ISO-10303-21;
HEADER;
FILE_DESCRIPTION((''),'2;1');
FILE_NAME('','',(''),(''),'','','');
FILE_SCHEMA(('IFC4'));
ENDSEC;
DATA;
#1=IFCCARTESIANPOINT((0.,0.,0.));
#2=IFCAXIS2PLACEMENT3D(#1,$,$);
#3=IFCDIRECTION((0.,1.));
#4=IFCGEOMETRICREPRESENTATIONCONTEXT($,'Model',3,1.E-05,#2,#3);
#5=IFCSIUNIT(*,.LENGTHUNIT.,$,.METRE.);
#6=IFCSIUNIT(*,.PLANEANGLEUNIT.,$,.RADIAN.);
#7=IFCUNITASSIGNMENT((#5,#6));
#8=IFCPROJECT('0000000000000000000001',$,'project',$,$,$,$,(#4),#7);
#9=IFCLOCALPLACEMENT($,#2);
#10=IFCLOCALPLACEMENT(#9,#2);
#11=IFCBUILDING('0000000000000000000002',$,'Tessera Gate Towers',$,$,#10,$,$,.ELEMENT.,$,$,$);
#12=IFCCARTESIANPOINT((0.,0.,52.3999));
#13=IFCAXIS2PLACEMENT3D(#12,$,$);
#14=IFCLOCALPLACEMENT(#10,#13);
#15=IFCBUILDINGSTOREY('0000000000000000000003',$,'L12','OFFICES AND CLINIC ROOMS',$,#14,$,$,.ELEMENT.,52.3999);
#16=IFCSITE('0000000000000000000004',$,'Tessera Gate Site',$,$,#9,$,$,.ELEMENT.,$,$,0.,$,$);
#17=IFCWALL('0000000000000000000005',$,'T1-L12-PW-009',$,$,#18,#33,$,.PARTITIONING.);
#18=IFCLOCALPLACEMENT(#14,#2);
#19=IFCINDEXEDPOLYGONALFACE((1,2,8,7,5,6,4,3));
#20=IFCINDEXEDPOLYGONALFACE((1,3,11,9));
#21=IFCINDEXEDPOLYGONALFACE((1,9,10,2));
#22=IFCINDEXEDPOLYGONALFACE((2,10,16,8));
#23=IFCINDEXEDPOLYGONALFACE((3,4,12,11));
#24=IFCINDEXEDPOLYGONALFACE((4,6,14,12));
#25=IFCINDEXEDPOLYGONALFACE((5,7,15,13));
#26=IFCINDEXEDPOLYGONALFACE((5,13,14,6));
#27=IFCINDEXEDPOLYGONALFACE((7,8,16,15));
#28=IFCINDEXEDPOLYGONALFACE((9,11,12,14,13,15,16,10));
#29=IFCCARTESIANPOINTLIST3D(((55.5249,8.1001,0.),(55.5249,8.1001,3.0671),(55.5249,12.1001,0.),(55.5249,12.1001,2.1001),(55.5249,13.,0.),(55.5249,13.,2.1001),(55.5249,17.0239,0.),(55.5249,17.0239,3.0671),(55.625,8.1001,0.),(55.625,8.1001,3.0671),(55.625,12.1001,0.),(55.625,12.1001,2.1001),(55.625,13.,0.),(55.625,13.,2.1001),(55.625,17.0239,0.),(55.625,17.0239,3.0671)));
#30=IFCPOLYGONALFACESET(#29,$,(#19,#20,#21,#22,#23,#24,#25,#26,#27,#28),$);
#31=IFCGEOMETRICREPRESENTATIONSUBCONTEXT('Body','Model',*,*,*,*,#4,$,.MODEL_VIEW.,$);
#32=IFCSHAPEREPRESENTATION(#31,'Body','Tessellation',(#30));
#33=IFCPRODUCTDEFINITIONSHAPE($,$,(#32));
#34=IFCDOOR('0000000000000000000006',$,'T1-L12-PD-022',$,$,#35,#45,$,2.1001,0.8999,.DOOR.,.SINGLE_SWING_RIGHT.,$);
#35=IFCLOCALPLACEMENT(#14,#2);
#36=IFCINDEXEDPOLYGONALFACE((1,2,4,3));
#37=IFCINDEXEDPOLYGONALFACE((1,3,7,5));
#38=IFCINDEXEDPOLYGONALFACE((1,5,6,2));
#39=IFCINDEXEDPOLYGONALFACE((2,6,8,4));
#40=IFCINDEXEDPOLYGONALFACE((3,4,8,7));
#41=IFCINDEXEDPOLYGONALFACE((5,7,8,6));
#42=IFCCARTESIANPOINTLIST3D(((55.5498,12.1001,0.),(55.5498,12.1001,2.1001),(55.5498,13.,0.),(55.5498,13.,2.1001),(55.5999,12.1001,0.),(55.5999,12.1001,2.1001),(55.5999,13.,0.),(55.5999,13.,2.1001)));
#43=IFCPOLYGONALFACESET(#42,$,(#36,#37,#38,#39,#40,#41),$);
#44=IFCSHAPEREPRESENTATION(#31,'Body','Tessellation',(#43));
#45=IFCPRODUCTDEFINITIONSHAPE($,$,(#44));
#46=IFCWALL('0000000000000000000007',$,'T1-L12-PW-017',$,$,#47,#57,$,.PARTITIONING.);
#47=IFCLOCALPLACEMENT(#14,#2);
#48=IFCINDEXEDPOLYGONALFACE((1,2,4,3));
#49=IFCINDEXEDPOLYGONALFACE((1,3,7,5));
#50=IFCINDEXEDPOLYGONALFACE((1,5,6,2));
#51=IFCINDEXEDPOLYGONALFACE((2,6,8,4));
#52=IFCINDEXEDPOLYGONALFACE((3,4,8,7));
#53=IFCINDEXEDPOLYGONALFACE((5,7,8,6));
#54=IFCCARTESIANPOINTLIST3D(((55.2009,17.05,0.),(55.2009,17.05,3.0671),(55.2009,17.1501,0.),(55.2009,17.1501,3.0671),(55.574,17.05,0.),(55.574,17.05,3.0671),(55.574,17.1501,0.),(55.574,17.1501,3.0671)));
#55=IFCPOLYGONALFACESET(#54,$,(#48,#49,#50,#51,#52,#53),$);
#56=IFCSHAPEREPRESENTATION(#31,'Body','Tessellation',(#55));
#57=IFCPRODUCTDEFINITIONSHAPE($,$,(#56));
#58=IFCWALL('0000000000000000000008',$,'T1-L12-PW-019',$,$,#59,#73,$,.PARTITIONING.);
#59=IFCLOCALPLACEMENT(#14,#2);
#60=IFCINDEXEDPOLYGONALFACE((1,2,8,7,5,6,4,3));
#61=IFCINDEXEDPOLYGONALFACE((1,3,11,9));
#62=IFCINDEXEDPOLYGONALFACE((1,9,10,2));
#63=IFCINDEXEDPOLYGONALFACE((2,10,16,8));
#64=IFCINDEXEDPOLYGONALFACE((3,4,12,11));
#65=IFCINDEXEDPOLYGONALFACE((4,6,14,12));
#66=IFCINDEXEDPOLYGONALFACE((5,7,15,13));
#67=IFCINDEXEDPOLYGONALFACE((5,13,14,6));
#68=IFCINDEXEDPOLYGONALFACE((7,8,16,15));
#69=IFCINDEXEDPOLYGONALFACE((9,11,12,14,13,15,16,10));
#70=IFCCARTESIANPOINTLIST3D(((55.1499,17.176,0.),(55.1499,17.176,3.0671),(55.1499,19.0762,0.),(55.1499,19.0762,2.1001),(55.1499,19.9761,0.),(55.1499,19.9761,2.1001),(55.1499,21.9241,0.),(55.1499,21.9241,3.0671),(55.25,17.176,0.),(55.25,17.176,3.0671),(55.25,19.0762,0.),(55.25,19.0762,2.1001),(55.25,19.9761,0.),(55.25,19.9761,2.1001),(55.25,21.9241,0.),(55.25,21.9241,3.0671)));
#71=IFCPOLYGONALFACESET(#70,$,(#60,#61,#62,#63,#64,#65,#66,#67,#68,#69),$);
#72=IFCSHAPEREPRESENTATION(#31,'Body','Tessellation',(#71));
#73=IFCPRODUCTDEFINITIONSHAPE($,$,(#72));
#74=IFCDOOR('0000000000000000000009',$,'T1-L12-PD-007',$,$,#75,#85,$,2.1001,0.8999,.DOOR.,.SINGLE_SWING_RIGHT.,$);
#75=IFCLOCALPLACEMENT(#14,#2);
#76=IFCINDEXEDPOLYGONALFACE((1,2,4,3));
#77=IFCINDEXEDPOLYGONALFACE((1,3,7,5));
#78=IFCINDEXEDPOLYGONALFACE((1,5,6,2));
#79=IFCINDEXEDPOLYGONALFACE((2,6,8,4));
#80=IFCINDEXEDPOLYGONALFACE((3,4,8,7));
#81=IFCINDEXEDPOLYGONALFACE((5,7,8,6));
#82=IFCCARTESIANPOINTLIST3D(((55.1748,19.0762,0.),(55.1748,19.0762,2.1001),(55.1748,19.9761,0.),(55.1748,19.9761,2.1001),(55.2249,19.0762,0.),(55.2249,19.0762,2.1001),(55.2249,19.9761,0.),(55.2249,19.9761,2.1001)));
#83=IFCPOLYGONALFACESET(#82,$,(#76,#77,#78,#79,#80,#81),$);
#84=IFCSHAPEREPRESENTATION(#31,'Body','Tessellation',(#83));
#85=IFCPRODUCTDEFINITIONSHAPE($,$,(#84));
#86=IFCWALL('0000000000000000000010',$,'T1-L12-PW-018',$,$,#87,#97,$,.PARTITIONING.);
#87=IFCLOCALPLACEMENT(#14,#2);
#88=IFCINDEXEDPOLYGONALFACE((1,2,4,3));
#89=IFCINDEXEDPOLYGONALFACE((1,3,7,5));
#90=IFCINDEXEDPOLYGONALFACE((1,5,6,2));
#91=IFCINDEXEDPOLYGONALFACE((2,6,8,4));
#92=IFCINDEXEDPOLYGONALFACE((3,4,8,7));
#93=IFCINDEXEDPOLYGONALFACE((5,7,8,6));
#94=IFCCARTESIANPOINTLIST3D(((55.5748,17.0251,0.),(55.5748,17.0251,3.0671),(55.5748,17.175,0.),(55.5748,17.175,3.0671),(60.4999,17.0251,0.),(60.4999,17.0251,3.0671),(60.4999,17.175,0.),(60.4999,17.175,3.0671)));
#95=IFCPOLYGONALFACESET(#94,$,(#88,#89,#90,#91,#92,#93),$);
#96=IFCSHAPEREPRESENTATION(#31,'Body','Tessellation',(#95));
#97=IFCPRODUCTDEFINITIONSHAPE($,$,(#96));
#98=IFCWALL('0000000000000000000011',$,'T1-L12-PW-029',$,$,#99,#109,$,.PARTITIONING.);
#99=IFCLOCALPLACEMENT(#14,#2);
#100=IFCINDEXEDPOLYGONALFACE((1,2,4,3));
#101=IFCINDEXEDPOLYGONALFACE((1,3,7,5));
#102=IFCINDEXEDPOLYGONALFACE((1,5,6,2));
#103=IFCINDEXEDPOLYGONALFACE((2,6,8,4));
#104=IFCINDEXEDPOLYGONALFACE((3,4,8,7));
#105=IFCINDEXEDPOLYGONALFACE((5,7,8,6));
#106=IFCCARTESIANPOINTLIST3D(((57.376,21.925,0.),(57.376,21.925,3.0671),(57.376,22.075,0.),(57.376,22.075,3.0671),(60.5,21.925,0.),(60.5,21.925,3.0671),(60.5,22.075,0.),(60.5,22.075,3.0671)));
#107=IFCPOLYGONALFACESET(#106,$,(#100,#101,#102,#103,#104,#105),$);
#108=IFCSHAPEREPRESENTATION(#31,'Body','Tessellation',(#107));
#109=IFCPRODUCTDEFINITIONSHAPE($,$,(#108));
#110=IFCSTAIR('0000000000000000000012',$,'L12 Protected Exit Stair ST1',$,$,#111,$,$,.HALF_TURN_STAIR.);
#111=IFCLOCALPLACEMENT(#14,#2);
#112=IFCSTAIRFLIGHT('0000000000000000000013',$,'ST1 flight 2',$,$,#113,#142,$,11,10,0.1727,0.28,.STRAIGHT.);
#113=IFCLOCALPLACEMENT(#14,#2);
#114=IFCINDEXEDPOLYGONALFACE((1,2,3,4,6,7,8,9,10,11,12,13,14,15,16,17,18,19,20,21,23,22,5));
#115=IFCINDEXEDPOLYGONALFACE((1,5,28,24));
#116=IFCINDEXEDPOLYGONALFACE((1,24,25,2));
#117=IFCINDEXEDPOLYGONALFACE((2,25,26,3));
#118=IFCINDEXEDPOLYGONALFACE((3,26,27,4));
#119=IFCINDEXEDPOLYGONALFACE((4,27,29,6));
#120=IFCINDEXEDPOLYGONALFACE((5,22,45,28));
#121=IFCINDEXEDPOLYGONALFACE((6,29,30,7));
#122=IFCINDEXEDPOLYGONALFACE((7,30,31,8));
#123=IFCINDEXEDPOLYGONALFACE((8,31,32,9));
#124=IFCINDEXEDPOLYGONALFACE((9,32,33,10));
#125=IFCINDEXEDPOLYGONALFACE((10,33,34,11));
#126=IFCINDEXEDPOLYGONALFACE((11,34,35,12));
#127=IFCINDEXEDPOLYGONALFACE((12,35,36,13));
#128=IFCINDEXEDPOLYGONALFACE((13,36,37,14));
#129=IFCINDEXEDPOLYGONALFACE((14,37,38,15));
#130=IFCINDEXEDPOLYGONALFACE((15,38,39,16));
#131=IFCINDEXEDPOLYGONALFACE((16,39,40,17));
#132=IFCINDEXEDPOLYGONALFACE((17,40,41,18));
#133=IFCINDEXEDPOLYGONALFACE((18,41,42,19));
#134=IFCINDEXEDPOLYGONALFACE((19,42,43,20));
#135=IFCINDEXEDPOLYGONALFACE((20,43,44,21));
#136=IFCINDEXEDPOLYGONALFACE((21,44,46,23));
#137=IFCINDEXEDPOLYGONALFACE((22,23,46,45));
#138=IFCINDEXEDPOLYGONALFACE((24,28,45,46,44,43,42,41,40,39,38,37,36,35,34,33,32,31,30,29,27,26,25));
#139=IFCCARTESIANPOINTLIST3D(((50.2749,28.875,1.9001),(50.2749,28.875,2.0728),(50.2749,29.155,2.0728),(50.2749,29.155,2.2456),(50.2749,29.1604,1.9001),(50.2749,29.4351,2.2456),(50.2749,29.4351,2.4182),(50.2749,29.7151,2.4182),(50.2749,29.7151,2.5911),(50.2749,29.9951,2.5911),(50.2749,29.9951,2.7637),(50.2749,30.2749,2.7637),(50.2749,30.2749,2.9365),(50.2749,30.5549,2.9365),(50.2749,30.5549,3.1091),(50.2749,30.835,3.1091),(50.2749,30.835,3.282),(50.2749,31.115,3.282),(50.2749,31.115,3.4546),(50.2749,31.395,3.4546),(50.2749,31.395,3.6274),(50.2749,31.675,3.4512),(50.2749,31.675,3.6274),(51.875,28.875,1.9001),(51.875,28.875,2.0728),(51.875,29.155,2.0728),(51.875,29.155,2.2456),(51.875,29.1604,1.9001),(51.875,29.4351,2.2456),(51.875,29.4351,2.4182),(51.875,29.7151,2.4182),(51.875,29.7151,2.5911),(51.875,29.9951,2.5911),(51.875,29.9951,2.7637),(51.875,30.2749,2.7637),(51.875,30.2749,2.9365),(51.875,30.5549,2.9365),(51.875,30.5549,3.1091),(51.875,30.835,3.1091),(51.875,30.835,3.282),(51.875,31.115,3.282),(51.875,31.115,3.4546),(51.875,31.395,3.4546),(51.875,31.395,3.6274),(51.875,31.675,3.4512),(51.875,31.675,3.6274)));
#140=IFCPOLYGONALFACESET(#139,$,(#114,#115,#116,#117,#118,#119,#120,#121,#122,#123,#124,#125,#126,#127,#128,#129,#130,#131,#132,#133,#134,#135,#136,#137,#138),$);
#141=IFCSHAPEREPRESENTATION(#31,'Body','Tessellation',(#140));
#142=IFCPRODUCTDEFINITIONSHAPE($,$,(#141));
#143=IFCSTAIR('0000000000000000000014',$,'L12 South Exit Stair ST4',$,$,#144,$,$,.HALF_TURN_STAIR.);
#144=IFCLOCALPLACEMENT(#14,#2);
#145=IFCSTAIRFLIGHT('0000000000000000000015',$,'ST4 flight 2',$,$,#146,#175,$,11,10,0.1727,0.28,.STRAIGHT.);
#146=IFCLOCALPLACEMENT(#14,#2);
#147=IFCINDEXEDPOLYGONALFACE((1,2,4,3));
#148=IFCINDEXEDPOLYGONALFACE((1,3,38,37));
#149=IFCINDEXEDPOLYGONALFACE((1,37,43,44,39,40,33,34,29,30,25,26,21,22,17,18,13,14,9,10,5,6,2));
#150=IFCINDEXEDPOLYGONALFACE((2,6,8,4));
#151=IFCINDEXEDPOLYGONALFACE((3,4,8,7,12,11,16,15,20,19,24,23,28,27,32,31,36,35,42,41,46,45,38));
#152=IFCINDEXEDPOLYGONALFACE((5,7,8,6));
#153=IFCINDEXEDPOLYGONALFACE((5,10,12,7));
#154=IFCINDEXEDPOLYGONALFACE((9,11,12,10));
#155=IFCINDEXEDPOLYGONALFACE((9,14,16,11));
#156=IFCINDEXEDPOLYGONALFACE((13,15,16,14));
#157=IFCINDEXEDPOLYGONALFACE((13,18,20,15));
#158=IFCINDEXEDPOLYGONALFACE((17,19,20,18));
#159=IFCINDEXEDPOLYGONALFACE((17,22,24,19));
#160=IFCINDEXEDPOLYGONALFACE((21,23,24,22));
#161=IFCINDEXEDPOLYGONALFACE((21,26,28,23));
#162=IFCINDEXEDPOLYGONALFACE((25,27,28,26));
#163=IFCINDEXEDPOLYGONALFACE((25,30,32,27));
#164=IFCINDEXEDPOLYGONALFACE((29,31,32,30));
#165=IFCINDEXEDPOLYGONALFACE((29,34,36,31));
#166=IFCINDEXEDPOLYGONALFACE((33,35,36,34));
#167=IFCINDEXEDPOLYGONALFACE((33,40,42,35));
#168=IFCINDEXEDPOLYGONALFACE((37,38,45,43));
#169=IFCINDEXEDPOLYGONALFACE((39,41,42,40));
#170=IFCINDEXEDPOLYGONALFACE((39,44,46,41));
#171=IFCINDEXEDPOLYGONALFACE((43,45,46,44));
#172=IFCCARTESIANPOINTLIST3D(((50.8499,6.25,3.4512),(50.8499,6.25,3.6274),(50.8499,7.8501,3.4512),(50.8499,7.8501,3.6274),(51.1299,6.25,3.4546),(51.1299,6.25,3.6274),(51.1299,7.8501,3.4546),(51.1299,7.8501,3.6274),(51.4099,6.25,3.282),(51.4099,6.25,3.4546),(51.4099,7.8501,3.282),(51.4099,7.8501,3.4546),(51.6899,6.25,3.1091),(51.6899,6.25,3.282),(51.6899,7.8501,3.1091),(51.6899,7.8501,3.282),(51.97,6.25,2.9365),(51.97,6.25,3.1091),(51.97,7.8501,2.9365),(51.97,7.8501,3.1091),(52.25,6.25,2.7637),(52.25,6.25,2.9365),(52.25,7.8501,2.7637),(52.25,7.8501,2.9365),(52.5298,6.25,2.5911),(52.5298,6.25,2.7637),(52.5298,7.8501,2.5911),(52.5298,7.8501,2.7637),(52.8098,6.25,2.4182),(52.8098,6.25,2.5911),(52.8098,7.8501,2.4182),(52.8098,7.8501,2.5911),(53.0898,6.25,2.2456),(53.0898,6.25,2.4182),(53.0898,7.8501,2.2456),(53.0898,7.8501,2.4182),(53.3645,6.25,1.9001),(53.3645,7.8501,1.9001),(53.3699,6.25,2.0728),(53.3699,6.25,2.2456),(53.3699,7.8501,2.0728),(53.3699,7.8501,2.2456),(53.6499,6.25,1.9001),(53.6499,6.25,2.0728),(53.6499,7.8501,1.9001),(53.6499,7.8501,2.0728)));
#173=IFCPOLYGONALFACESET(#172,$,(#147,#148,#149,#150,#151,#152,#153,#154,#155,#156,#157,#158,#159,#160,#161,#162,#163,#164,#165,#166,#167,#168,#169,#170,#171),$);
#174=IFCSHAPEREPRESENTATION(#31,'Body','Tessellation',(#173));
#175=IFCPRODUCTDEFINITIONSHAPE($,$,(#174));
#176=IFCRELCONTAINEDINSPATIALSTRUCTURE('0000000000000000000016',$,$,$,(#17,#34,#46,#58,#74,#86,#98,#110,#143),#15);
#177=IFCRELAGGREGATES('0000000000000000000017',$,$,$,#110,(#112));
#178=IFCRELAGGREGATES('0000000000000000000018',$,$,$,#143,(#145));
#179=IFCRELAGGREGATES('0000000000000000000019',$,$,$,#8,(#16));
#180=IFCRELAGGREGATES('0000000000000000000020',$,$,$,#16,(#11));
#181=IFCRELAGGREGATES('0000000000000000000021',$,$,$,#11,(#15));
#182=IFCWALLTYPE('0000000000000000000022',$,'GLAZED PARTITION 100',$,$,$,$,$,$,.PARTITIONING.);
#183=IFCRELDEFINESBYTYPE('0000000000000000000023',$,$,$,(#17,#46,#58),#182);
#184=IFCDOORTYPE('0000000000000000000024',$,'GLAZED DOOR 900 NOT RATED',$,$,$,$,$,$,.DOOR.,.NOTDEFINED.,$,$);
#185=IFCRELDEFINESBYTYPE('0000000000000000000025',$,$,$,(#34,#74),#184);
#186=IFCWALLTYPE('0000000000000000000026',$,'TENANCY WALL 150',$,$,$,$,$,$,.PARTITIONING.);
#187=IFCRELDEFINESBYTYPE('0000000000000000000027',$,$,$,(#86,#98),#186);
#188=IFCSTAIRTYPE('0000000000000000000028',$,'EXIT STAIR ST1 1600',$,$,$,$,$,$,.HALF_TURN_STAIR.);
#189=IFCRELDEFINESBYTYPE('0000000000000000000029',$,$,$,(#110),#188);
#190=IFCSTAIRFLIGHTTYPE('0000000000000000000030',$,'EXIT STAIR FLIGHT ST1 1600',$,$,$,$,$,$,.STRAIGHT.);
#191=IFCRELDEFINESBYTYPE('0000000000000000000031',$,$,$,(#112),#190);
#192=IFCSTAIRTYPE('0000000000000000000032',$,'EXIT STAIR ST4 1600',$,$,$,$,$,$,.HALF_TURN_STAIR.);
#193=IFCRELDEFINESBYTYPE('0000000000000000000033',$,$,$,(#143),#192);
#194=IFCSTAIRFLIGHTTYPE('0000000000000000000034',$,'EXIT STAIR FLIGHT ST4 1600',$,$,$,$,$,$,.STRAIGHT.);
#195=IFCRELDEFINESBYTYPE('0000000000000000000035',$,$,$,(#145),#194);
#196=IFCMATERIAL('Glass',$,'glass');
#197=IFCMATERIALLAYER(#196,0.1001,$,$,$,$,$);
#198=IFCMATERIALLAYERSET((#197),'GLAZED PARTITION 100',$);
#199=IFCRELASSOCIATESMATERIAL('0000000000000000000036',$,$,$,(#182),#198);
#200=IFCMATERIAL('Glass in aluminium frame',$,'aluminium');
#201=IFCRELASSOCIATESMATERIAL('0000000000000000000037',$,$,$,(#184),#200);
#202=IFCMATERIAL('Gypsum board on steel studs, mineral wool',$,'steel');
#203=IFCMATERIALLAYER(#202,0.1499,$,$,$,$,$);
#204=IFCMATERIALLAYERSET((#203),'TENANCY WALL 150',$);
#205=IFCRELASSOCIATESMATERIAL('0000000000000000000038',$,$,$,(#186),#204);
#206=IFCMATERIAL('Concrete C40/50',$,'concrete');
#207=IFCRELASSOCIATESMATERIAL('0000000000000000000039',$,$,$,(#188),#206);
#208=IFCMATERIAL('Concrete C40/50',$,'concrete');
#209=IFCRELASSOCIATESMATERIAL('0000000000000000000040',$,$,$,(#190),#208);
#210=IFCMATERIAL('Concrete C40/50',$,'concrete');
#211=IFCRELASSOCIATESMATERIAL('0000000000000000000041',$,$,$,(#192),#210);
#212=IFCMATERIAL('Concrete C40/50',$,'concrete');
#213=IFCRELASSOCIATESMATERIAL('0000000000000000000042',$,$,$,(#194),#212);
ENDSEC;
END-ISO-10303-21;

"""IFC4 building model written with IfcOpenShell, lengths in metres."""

from ifc_helpers import new_model, si_unit, direction, frame, frame_2d, origin, place, context, subcontext, project, spatial, polyline, rectangle, outline, extrude, source, transform, mapped, material, layer, layer_set, type_object, element, fill, aggregate, save


model = new_model("IFC4")

# Units and contexts
model_context = context("Model", 3, precision=1e-05, world=origin(), true_north=direction((0.0, 1.0)))
body_context = subcontext(model_context, "Body", "Model", "MODEL_VIEW")
ifc_project = project(units=[si_unit("LENGTHUNIT", "METRE"), si_unit("PLANEANGLEUNIT", "RADIAN")], contexts=[model_context])

# Site, building, storey
site_placement = place(None, origin())
site = spatial("IfcSite", under=ifc_project, at=site_placement, Name="Tessera Gate Site", CompositionType="ELEMENT", RefElevation=0.0)
building_placement = place(site_placement, origin())
building = spatial("IfcBuilding", under=site, at=building_placement, Name="Tessera Gate Towers", CompositionType="ELEMENT")
storey_placement = place(building_placement, frame((0.0, 0.0, 52.3999)))
storey = spatial("IfcBuildingStorey", under=building, at=storey_placement, Name="L12", Description="OFFICES AND CLINIC ROOMS", CompositionType="ELEMENT", Elevation=52.3999)

# Wall, opening, door
ifc_material_1 = material(Name="Glass", Category="glass")
ifc_layer_1 = layer(ifc_material_1, 0.1001)
ifc_layer_set_1 = layer_set([ifc_layer_1], Name="GLAZED PARTITION 100")
wall_type_1 = type_object("IfcWallType", Name="GLAZED PARTITION 100", PredefinedType="PARTITIONING", material=ifc_layer_set_1)
wall_1_placement = place(storey_placement, frame((55.575, 17.0239, 0.0), z_axis=(0.0, 0.0, 1.0), x_axis=(0.0, -1.0, 0.0)))
wall_1 = element("IfcWall", 1, at=wall_1_placement, inside=storey, type_object=wall_type_1, Name="T1-L12-PW-009", PredefinedType="PARTITIONING", context=body_context, shape_type="SweptSolid", body=[
    extrude(rectangle(XDim=8.9238, YDim=0.1001, at=frame_2d((4.4619, 0.0))), origin(), (0.0, 0.0, 1.0), 3.0671),
])
shared_shape_1 = source(origin(), body_context, "Body", "SweptSolid", [
    extrude(rectangle(XDim=0.8999, YDim=2.1001, at=frame_2d((0.45, 1.05))), frame((0.0, 0.0601, 0.0), z_axis=(0.0, -1.0, 0.0), x_axis=(1.0, 0.0, 0.0)), (0.0, 0.0, 1.0), 0.1201),
])
opening_1_placement = place(wall_1_placement, frame((4.0239, 0.0, 0.0)))
opening_1 = element("IfcOpeningElement", 2, at=opening_1_placement, cuts=wall_1, PredefinedType="OPENING", context=body_context, shape_type="MappedRepresentation", body=[
    mapped(shared_shape_1, transform((0.0, 0.0, 0.0), scale=1.0)),
])
ifc_material_2 = material(Name="Glass in aluminium frame", Category="aluminium")
door_type_1 = type_object("IfcDoorType", Name="GLAZED DOOR 900 NOT RATED", OperationType="NOTDEFINED", PredefinedType="DOOR", material=ifc_material_2)
shared_shape_2 = source(origin(), body_context, "Body", "SweptSolid", [
    extrude(rectangle(XDim=0.8999, YDim=2.1001, at=frame_2d((0.45, 1.05))), frame((0.0, 0.0249, 0.0), z_axis=(0.0, -1.0, 0.0), x_axis=(1.0, 0.0, 0.0)), (0.0, 0.0, 1.0), 0.05),
])
door_1_placement = place(opening_1_placement, origin())
door_1 = element("IfcDoor", 3, at=door_1_placement, inside=storey, type_object=door_type_1, Name="T1-L12-PD-022", OperationType="SINGLE_SWING_RIGHT", OverallHeight=2.1001, OverallWidth=0.8999, PredefinedType="DOOR", context=body_context, shape_type="MappedRepresentation", body=[
    mapped(shared_shape_2, transform((0.0, 0.0, 0.0), scale=1.0)),
])
fill(opening_1, door_1)

# Wall
wall_2_placement = place(storey_placement, frame((55.2009, 17.1001, 0.0), z_axis=(0.0, 0.0, 1.0), x_axis=(1.0, 0.0, 0.0)))
element("IfcWall", 4, at=wall_2_placement, inside=storey, type_object=wall_type_1, Name="T1-L12-PW-017", PredefinedType="PARTITIONING", context=body_context, shape_type="SweptSolid", body=[
    extrude(rectangle(XDim=0.373, YDim=0.1001, at=frame_2d((0.1865, 0.0))), origin(), (0.0, 0.0, 1.0), 3.0671),
])

# Wall, opening, door
wall_3_placement = place(storey_placement, frame((55.2, 21.9241, 0.0), z_axis=(0.0, 0.0, 1.0), x_axis=(0.0, -1.0, 0.0)))
wall_3 = element("IfcWall", 5, at=wall_3_placement, inside=storey, type_object=wall_type_1, Name="T1-L12-PW-019", PredefinedType="PARTITIONING", context=body_context, shape_type="SweptSolid", body=[
    extrude(rectangle(XDim=4.748, YDim=0.1001, at=frame_2d((2.374, 0.0))), origin(), (0.0, 0.0, 1.0), 3.0671),
])
opening_2_placement = place(wall_3_placement, frame((1.948, 0.0, 0.0)))
opening_2 = element("IfcOpeningElement", 6, at=opening_2_placement, cuts=wall_3, PredefinedType="OPENING", context=body_context, shape_type="MappedRepresentation", body=[
    mapped(shared_shape_1, transform((0.0, 0.0, 0.0), scale=1.0)),
])
door_2_placement = place(opening_2_placement, origin())
door_2 = element("IfcDoor", 7, at=door_2_placement, inside=storey, type_object=door_type_1, Name="T1-L12-PD-007", OperationType="SINGLE_SWING_RIGHT", OverallHeight=2.1001, OverallWidth=0.8999, PredefinedType="DOOR", context=body_context, shape_type="MappedRepresentation", body=[
    mapped(shared_shape_2, transform((0.0, 0.0, 0.0), scale=1.0)),
])
fill(opening_2, door_2)

# Walls
ifc_material_3 = material(Name="Gypsum board on steel studs, mineral wool", Category="steel")
ifc_layer_2 = layer(ifc_material_3, 0.1499)
ifc_layer_set_2 = layer_set([ifc_layer_2], Name="TENANCY WALL 150")
wall_type_2 = type_object("IfcWallType", Name="TENANCY WALL 150", PredefinedType="PARTITIONING", material=ifc_layer_set_2)
wall_4_placement = place(storey_placement, frame((55.575, 17.1001, 0.0), z_axis=(0.0, 0.0, 1.0), x_axis=(1.0, 0.0, 0.0)))
element("IfcWall", 8, at=wall_4_placement, inside=storey, type_object=wall_type_2, Name="T1-L12-PW-018", PredefinedType="PARTITIONING", context=body_context, shape_type="SweptSolid", body=[
    extrude(rectangle(XDim=4.925, YDim=0.1499, at=frame_2d((2.4624, 0.0))), origin(), (0.0, 0.0, 1.0), 3.0671),
])
wall_5_placement = place(storey_placement, frame((57.376, 22.0, 0.0), z_axis=(0.0, 0.0, 1.0), x_axis=(1.0, 0.0, 0.0)))
element("IfcWall", 9, at=wall_5_placement, inside=storey, type_object=wall_type_2, Name="T1-L12-PW-029", PredefinedType="PARTITIONING", context=body_context, shape_type="SweptSolid", body=[
    extrude(rectangle(XDim=3.124, YDim=0.1499, at=frame_2d((1.562, 0.0))), origin(), (0.0, 0.0, 1.0), 3.0671),
])

# Stairs, stair flights
ifc_material_4 = material(Name="Concrete C40/50", Category="concrete")
stair_type_1 = type_object("IfcStairType", Name="EXIT STAIR ST1 1600", PredefinedType="HALF_TURN_STAIR", material=ifc_material_4)
stair_1_placement = place(storey_placement, origin())
stair_1 = element("IfcStair", 10, at=stair_1_placement, inside=storey, type_object=stair_type_1, Name="L12 Protected Exit Stair ST1", PredefinedType="HALF_TURN_STAIR")
ifc_material_5 = material(Name="Concrete C40/50", Category="concrete")
stair_flight_type_1 = type_object("IfcStairFlightType", Name="EXIT STAIR FLIGHT ST1 1600", PredefinedType="STRAIGHT", material=ifc_material_5)
stair_flight_1_placement = place(storey_placement, frame((51.075, 28.875, 1.9001), z_axis=(0.0, 0.0, 1.0), x_axis=(0.0, 1.0, 0.0)))
stair_flight_1 = element("IfcStairFlight", 11, at=stair_flight_1_placement, type_object=stair_flight_type_1, Name="ST1 flight 2", NumberOfRisers=11, NumberOfTreads=10, PredefinedType="STRAIGHT", RiserHeight=0.1727, TreadLength=0.28, context=body_context, shape_type="SweptSolid", body=[
    extrude(outline(polyline([(0.0, 0.0), (0.0, 0.1726), (0.28, 0.1726), (0.28, 0.3455), (0.5601, 0.3455), (0.5601, 0.5181), (0.8401, 0.5181), (0.8401, 0.6909), (1.1201, 0.6909), (1.1201, 0.8635), (1.3999, 0.8635), (1.3999, 1.0364), (1.6799, 1.0364), (1.6799, 1.209), (1.96, 1.209), (1.96, 1.3818), (2.24, 1.3818), (2.24, 1.5544), (2.52, 1.5544), (2.52, 1.7273), (2.8, 1.7273), (2.8, 1.8999), (2.8, 1.551), (0.2854, 0.0), (0.0, 0.0)])), frame((0.0, 0.8, 0.0), z_axis=(0.0, -1.0, 0.0), x_axis=(1.0, 0.0, 0.0)), (0.0, 0.0, 1.0), 1.6001),
])
aggregate(stair_1, [stair_flight_1])
ifc_material_6 = material(Name="Concrete C40/50", Category="concrete")
stair_type_2 = type_object("IfcStairType", Name="EXIT STAIR ST4 1600", PredefinedType="HALF_TURN_STAIR", material=ifc_material_6)
stair_2_placement = place(storey_placement, origin())
stair_2 = element("IfcStair", 12, at=stair_2_placement, inside=storey, type_object=stair_type_2, Name="L12 South Exit Stair ST4", PredefinedType="HALF_TURN_STAIR")
ifc_material_7 = material(Name="Concrete C40/50", Category="concrete")
stair_flight_type_2 = type_object("IfcStairFlightType", Name="EXIT STAIR FLIGHT ST4 1600", PredefinedType="STRAIGHT", material=ifc_material_7)
stair_flight_2_placement = place(storey_placement, frame((53.6499, 7.05, 1.9001), z_axis=(0.0, 0.0, 1.0), x_axis=(-1.0, 0.0, 0.0)))
stair_flight_2 = element("IfcStairFlight", 13, at=stair_flight_2_placement, type_object=stair_flight_type_2, Name="ST4 flight 2", NumberOfRisers=11, NumberOfTreads=10, PredefinedType="STRAIGHT", RiserHeight=0.1727, TreadLength=0.28, context=body_context, shape_type="SweptSolid", body=[
    extrude(outline(polyline([(0.0, 0.0), (0.0, 0.1726), (0.28, 0.1726), (0.28, 0.3455), (0.5601, 0.3455), (0.5601, 0.5181), (0.8401, 0.5181), (0.8401, 0.6909), (1.1201, 0.6909), (1.1201, 0.8635), (1.3999, 0.8635), (1.3999, 1.0364), (1.6799, 1.0364), (1.6799, 1.209), (1.96, 1.209), (1.96, 1.3818), (2.24, 1.3818), (2.24, 1.5544), (2.52, 1.5544), (2.52, 1.7273), (2.8, 1.7273), (2.8, 1.8999), (2.8, 1.551), (0.2854, 0.0), (0.0, 0.0)])), frame((0.0, 0.8, 0.0), z_axis=(0.0, -1.0, 0.0), x_axis=(1.0, 0.0, 0.0)), (0.0, 0.0, 1.0), 1.6001),
])
aggregate(stair_2, [stair_flight_2])

save(model, "model.ifc")
